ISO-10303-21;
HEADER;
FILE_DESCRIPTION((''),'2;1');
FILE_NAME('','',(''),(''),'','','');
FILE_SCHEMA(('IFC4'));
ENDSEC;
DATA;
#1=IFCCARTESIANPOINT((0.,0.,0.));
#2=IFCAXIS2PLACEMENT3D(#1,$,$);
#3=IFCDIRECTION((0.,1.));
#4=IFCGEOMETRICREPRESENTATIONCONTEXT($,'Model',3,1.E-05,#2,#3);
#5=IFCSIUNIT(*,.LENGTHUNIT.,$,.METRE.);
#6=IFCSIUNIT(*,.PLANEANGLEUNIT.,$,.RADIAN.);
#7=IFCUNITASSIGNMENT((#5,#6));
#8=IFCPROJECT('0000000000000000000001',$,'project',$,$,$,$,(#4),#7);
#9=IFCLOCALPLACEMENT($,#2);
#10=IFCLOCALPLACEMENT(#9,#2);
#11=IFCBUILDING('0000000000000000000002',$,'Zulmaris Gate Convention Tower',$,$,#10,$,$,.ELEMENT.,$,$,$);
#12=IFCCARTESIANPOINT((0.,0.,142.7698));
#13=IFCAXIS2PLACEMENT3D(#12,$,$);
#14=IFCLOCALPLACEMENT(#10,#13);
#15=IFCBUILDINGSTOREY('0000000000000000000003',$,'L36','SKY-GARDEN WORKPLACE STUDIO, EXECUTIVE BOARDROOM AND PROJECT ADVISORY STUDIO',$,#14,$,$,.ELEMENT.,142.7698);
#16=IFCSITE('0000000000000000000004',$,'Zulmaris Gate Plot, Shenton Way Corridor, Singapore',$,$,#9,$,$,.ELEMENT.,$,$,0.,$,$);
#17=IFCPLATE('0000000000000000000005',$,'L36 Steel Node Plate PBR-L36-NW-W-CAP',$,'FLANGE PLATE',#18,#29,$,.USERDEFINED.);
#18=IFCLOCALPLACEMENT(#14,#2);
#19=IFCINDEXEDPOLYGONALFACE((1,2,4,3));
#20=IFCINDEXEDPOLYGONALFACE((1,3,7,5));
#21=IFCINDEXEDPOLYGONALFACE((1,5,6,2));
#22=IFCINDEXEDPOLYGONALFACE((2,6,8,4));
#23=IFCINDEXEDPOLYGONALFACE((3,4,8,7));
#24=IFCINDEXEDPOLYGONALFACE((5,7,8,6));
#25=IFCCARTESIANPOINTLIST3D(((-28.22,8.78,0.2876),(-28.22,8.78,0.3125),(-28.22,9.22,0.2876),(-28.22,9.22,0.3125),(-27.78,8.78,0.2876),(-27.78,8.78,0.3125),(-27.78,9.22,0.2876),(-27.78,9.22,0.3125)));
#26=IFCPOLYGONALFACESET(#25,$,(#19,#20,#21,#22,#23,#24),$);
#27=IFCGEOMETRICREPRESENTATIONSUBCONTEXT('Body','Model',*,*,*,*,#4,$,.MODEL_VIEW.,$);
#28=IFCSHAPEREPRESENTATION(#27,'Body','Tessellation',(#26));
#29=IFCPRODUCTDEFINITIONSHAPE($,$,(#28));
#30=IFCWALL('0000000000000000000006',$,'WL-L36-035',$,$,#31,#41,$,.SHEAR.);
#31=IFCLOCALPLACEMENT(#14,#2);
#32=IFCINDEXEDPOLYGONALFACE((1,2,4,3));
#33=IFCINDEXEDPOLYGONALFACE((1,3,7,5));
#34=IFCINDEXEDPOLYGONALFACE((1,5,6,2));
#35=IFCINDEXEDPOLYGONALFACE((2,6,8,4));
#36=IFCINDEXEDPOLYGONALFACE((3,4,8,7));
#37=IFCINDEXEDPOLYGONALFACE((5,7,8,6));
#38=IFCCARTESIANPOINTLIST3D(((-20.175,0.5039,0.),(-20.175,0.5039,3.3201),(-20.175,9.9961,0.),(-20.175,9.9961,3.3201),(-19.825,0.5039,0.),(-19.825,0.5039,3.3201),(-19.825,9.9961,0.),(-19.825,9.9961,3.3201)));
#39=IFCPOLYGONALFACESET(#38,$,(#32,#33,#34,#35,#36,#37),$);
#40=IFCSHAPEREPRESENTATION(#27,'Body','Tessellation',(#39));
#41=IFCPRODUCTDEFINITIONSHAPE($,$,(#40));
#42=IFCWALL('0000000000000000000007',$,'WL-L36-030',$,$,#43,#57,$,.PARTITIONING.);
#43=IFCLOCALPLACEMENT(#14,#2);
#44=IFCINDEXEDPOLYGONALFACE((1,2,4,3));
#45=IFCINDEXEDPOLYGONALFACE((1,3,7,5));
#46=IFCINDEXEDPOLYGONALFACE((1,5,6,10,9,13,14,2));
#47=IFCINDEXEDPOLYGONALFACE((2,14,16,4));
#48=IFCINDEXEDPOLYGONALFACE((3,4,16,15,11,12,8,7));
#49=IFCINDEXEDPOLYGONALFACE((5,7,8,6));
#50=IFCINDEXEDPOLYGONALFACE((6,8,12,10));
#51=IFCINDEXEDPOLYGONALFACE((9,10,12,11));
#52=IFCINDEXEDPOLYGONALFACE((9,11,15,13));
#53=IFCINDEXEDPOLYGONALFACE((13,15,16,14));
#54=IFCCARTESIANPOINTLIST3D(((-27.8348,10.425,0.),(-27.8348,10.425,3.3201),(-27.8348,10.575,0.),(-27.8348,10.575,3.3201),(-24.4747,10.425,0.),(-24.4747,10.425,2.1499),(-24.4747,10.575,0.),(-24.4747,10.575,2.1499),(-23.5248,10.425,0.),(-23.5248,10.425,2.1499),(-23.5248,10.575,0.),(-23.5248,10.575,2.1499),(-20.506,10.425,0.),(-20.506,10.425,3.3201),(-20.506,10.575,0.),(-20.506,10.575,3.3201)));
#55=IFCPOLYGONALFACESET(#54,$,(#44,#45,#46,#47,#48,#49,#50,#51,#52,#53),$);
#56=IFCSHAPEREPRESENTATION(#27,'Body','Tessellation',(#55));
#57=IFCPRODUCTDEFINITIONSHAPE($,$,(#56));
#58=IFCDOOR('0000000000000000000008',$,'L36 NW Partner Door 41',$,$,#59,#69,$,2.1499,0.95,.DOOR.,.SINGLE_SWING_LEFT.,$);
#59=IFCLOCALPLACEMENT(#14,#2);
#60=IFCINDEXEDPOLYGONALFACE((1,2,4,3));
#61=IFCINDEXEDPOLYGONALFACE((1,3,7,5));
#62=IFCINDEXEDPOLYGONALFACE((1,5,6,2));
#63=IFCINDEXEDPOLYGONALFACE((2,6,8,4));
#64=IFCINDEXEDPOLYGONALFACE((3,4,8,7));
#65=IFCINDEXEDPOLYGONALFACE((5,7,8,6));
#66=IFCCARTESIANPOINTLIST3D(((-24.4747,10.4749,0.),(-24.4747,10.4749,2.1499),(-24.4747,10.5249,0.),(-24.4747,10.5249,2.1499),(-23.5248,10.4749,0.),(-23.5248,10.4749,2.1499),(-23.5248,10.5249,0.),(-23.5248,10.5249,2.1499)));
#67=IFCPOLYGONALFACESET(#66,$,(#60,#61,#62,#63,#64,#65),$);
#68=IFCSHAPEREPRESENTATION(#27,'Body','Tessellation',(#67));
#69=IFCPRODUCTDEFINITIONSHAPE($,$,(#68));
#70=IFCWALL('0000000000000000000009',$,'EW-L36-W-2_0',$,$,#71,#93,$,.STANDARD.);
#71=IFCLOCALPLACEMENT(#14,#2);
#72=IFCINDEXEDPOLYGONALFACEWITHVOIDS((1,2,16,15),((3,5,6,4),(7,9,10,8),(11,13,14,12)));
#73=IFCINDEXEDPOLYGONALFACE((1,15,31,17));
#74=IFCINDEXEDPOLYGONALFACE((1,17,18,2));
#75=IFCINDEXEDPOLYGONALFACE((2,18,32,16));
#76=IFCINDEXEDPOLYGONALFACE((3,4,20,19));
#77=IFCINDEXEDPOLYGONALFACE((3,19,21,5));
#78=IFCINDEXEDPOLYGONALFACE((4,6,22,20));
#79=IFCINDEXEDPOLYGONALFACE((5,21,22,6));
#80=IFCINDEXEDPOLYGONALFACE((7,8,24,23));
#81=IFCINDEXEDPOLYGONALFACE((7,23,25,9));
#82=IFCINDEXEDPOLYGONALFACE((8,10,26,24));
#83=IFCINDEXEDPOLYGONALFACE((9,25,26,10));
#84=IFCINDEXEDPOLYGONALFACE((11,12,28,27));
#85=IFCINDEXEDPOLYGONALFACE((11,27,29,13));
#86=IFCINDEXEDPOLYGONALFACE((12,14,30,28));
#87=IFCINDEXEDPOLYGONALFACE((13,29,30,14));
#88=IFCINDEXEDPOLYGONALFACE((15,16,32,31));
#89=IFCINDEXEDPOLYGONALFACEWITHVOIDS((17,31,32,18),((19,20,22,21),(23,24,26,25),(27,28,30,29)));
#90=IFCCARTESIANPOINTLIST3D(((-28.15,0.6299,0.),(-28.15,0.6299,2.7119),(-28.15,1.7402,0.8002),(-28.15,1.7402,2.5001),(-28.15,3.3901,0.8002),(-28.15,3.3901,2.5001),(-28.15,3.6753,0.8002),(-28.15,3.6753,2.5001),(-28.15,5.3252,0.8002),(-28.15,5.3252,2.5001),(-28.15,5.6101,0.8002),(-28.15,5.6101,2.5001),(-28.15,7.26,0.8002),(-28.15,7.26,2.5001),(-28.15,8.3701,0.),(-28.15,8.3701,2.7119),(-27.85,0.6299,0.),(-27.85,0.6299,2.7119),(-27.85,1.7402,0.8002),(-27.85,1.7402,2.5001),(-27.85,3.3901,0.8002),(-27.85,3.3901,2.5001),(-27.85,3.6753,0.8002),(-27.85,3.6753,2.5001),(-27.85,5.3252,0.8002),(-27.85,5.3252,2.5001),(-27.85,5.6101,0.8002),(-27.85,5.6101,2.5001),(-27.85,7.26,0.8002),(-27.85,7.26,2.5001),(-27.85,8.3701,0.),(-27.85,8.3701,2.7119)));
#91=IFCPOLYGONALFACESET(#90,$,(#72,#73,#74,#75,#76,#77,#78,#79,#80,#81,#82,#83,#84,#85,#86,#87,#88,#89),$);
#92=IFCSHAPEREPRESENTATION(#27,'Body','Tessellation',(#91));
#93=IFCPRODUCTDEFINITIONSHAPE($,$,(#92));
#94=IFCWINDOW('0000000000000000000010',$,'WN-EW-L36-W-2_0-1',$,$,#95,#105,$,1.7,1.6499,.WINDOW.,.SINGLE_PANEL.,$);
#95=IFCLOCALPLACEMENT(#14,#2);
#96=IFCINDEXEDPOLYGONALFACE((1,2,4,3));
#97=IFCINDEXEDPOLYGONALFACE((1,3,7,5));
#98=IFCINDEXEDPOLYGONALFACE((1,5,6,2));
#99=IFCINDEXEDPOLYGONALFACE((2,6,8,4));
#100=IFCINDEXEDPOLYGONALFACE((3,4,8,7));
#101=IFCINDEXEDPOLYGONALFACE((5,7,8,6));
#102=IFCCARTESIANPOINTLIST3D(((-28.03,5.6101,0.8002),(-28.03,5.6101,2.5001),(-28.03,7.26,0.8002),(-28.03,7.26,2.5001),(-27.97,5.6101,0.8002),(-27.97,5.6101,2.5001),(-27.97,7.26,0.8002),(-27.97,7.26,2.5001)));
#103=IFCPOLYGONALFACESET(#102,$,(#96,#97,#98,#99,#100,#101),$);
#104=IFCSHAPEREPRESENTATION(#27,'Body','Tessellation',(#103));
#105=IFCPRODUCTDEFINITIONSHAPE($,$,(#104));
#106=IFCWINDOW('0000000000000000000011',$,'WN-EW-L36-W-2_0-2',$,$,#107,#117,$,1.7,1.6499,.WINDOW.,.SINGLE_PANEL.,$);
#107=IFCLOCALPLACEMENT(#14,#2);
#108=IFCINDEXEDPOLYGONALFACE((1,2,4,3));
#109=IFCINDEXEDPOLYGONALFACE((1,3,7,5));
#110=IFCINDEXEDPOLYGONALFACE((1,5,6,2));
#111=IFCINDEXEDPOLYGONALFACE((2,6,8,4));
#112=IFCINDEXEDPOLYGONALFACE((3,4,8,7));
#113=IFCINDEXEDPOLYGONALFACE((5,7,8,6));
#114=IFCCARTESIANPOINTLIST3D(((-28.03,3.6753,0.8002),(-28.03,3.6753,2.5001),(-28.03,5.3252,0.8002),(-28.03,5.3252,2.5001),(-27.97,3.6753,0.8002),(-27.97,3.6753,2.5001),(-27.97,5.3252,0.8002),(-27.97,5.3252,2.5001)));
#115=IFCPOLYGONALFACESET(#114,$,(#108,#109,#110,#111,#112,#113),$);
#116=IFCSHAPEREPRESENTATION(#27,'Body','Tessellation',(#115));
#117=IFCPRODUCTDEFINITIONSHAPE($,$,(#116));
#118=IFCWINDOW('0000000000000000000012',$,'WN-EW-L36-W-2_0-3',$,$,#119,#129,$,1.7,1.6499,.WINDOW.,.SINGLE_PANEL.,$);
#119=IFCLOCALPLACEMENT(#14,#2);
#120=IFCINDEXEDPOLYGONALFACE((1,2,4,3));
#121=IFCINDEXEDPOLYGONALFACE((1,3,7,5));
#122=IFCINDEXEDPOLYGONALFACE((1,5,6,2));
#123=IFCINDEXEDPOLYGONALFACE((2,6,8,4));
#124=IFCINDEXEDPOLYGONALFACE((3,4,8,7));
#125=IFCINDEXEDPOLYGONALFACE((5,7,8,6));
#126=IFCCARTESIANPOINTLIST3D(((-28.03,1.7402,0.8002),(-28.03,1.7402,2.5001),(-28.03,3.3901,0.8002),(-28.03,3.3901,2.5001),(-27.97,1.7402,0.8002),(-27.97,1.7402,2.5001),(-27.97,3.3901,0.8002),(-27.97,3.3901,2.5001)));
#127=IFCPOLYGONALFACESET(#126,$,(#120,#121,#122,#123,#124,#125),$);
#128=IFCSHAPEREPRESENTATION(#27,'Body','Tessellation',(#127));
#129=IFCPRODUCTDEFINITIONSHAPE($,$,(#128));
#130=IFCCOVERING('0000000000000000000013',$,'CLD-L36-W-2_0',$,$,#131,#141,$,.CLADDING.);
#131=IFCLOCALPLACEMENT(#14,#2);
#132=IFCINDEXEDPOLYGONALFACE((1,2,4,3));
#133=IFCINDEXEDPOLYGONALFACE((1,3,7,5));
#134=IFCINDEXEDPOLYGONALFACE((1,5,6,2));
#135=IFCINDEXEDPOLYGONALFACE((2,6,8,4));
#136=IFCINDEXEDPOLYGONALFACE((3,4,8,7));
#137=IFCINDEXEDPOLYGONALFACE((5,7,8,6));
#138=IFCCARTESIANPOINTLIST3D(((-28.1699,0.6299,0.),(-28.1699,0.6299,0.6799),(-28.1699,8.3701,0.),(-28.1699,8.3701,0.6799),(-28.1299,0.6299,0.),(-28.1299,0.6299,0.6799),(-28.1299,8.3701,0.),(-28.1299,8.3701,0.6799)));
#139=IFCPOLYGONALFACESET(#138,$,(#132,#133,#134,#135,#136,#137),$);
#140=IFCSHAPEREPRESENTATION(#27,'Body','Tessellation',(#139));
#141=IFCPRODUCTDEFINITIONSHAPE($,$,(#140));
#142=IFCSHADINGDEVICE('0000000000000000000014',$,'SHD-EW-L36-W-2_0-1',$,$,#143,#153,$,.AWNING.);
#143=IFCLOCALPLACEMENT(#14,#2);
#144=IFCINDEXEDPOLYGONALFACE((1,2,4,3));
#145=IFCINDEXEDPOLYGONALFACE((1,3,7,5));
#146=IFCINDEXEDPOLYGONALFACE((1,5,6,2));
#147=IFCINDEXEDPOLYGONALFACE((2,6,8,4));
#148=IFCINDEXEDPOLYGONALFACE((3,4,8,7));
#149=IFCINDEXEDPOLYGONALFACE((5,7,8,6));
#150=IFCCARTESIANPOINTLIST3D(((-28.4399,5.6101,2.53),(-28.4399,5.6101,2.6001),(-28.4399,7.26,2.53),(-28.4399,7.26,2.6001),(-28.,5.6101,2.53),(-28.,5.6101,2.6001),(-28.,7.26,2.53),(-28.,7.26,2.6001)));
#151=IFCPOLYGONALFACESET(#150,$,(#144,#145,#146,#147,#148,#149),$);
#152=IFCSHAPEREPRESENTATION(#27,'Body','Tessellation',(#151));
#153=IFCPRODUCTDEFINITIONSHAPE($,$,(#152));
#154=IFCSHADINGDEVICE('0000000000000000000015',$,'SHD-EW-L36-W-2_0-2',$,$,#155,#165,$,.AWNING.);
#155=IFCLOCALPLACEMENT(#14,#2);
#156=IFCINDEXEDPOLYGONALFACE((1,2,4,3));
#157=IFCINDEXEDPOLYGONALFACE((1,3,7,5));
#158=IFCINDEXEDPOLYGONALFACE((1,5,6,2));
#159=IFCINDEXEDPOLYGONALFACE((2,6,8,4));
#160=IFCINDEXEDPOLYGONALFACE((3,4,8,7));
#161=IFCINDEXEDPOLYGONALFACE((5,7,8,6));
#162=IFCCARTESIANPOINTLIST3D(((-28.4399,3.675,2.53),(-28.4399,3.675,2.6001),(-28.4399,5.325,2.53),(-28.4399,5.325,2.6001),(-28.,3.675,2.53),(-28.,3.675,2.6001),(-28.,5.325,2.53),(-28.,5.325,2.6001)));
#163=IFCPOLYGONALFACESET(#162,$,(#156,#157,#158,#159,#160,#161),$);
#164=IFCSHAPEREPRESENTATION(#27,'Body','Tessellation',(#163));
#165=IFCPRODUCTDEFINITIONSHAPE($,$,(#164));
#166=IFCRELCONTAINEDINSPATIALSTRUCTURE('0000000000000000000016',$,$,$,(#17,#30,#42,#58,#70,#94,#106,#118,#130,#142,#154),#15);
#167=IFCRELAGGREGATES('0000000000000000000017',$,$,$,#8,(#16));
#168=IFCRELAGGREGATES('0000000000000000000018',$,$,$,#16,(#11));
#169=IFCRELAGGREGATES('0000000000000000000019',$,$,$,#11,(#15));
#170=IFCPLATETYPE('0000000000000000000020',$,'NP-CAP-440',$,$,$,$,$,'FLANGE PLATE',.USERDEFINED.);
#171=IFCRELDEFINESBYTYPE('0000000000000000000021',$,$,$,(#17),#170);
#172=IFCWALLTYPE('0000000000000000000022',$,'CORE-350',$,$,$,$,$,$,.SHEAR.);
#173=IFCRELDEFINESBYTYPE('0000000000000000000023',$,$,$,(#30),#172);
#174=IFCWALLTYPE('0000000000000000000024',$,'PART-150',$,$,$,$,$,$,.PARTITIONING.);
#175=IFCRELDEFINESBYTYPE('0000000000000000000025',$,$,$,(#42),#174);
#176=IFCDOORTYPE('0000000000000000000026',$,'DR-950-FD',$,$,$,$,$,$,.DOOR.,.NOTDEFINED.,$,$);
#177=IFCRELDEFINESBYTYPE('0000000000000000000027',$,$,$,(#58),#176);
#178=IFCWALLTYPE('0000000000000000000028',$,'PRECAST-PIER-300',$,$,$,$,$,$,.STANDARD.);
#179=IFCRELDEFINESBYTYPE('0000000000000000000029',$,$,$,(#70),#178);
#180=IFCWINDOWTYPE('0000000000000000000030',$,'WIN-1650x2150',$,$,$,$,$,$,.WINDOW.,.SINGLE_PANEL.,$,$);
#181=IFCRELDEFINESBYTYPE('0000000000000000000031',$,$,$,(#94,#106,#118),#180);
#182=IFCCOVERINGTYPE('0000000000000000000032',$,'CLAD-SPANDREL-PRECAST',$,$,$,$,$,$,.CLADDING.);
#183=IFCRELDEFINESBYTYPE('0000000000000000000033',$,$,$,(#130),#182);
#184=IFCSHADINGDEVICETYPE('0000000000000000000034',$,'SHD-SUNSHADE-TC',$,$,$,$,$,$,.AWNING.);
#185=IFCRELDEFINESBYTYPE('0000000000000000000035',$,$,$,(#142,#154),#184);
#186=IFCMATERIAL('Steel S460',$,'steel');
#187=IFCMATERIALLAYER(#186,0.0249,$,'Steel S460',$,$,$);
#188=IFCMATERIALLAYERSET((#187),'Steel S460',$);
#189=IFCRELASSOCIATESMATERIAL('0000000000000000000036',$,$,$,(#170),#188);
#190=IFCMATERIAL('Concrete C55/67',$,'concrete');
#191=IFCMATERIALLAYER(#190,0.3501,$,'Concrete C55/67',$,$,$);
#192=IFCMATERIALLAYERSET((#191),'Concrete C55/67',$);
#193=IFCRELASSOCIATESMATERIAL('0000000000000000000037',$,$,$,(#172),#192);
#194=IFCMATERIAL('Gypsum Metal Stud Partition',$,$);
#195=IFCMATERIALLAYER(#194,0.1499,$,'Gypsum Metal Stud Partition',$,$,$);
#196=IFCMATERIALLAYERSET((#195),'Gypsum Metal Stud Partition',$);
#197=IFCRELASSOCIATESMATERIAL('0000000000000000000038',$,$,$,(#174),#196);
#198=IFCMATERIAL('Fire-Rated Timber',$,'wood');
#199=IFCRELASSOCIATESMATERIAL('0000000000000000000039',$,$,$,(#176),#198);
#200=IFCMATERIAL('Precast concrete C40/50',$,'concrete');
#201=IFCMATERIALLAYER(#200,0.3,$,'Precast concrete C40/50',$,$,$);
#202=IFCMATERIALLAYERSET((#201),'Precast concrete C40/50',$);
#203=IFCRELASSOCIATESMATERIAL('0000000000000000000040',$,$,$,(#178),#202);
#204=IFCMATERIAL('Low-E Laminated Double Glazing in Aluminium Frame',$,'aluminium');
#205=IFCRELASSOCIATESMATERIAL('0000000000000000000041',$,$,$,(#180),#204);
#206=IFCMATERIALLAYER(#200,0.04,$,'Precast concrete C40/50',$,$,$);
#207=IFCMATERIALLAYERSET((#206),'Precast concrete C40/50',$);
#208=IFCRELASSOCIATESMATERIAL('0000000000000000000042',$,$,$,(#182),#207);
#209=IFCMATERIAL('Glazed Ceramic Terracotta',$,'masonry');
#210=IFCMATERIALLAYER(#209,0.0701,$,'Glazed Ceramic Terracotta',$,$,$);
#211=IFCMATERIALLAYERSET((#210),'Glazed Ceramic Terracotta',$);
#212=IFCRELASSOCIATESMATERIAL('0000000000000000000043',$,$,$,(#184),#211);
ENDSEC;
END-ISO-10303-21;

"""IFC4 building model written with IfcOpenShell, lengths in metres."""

from ifc_helpers import new_model, si_unit, direction, frame, frame_2d, origin, origin_2d, place, context, subcontext, project, spatial, rectangle, extrude, material, layer, layer_set, type_object, element, fill, save


model = new_model("IFC4")

# Units and contexts
model_context = context("Model", 3, precision=1e-05, world=origin(), true_north=direction((0.0, 1.0)))
body_context = subcontext(model_context, "Body", "Model", "MODEL_VIEW")
ifc_project = project(units=[si_unit("LENGTHUNIT", "METRE"), si_unit("PLANEANGLEUNIT", "RADIAN")], contexts=[model_context])

# Site, building, storey
site_placement = place(None, origin())
site = spatial("IfcSite", under=ifc_project, at=site_placement, Name="Zulmaris Gate Plot, Shenton Way Corridor, Singapore", CompositionType="ELEMENT", RefElevation=0.0)
building_placement = place(site_placement, origin())
building = spatial("IfcBuilding", under=site, at=building_placement, Name="Zulmaris Gate Convention Tower", CompositionType="ELEMENT")
storey_placement = place(building_placement, frame((0.0, 0.0, 142.7698)))
storey = spatial("IfcBuildingStorey", under=building, at=storey_placement, Name="L36", Description="SKY-GARDEN WORKPLACE STUDIO, EXECUTIVE BOARDROOM AND PROJECT ADVISORY STUDIO", CompositionType="ELEMENT", Elevation=142.7698)

# Shared definitions
ifc_material_1 = material(Name="Steel S460", Category="steel")

# Plate
ifc_layer_1 = layer(ifc_material_1, 0.0249, Name="Steel S460")
ifc_layer_set_1 = layer_set([ifc_layer_1], Name="Steel S460")
plate_type = type_object("IfcPlateType", Name="NP-CAP-440", ElementType="FLANGE PLATE", PredefinedType="USERDEFINED", material=ifc_layer_set_1)
plate_placement = place(storey_placement, frame((-28.0, 9.0, 0.2876), z_axis=(0.0, 0.0, 1.0), x_axis=(1.0, 0.0, 0.0)))
element("IfcPlate", 1, at=plate_placement, inside=storey, type_object=plate_type, Name="L36 Steel Node Plate PBR-L36-NW-W-CAP", ObjectType="FLANGE PLATE", PredefinedType="USERDEFINED", context=body_context, shape_type="SweptSolid", body=[
    extrude(rectangle(XDim=0.4399, YDim=0.4399, at=origin_2d()), origin(), (0.0, 0.0, 1.0), 0.0249),
])

# Wall
ifc_material_2 = material(Name="Concrete C55/67", Category="concrete")
ifc_layer_2 = layer(ifc_material_2, 0.3501, Name="Concrete C55/67")
ifc_layer_set_2 = layer_set([ifc_layer_2], Name="Concrete C55/67")
wall_type_1 = type_object("IfcWallType", Name="CORE-350", PredefinedType="SHEAR", material=ifc_layer_set_2)
wall_1_placement = place(storey_placement, frame((-20.0, 0.5039, 0.0), z_axis=(0.0, 0.0, 1.0), x_axis=(0.0, 1.0, 0.0)))
element("IfcWall", 2, at=wall_1_placement, inside=storey, type_object=wall_type_1, Name="WL-L36-035", PredefinedType="SHEAR", context=body_context, shape_type="SweptSolid", body=[
    extrude(rectangle(XDim=9.4922, YDim=0.3501, at=frame_2d((4.7461, 0.0))), origin(), (0.0, 0.0, 1.0), 3.3201),
])

# Wall, opening, door
ifc_material_3 = material(Name="Gypsum Metal Stud Partition")
ifc_layer_3 = layer(ifc_material_3, 0.1499, Name="Gypsum Metal Stud Partition")
ifc_layer_set_3 = layer_set([ifc_layer_3], Name="Gypsum Metal Stud Partition")
wall_type_2 = type_object("IfcWallType", Name="PART-150", PredefinedType="PARTITIONING", material=ifc_layer_set_3)
ifc_material_4 = material(Name="Fire-Rated Timber", Category="wood")
door_type = type_object("IfcDoorType", Name="DR-950-FD", OperationType="NOTDEFINED", PredefinedType="DOOR", material=ifc_material_4)
wall_2_placement = place(storey_placement, frame((-27.835, 10.5, 0.0), z_axis=(0.0, 0.0, 1.0), x_axis=(1.0, 0.0, 0.0)))
wall_2 = element("IfcWall", 3, at=wall_2_placement, inside=storey, type_object=wall_type_2, Name="WL-L36-030", PredefinedType="PARTITIONING", context=body_context, shape_type="SweptSolid", body=[
    extrude(rectangle(XDim=7.3289, YDim=0.1499, at=frame_2d((3.6646, 0.0))), origin(), (0.0, 0.0, 1.0), 3.3201),
])
opening_1_placement = place(wall_2_placement, frame((3.3601, 0.0, 0.0)))
opening_1 = element("IfcOpeningElement", 4, at=opening_1_placement, cuts=wall_2, PredefinedType="OPENING", context=body_context, shape_type="SweptSolid", body=[
    extrude(rectangle(XDim=0.95, YDim=2.1499, at=frame_2d((0.4751, 1.075))), frame((0.0, 0.085, 0.0), z_axis=(0.0, -1.0, 0.0), x_axis=(1.0, 0.0, 0.0)), (0.0, 0.0, 1.0), 0.1699),
])
door_1_placement = place(opening_1_placement, origin())
door_1 = element("IfcDoor", 5, at=door_1_placement, inside=storey, type_object=door_type, Name="L36 NW Partner Door 41", OperationType="SINGLE_SWING_LEFT", OverallHeight=2.1499, OverallWidth=0.95, PredefinedType="DOOR", context=body_context, shape_type="SweptSolid", body=[
    extrude(rectangle(XDim=0.95, YDim=2.1499, at=frame_2d((0.4751, 1.075))), frame((0.0, 0.0249, 0.0), z_axis=(0.0, -1.0, 0.0), x_axis=(1.0, 0.0, 0.0)), (0.0, 0.0, 1.0), 0.05),
])
fill(opening_1, door_1)

# Wall, openings, windows
ifc_material_5 = material(Name="Precast concrete C40/50", Category="concrete")
ifc_layer_4 = layer(ifc_material_5, 0.3, Name="Precast concrete C40/50")
ifc_layer_set_4 = layer_set([ifc_layer_4], Name="Precast concrete C40/50")
wall_type_3 = type_object("IfcWallType", Name="PRECAST-PIER-300", PredefinedType="STANDARD", material=ifc_layer_set_4)
wall_3_placement = place(storey_placement, frame((-28.0, 8.3701, 0.0), z_axis=(0.0, 0.0, 1.0), x_axis=(0.0, -1.0, 0.0)))
wall_3 = element("IfcWall", 6, at=wall_3_placement, inside=storey, type_object=wall_type_3, Name="EW-L36-W-2_0", PredefinedType="STANDARD", context=body_context, shape_type="SweptSolid", body=[
    extrude(rectangle(XDim=7.7402, YDim=0.3, at=frame_2d((3.8701, 0.0))), origin(), (0.0, 0.0, 1.0), 2.7119),
])
opening_2_placement = place(wall_3_placement, frame((1.1101, 0.0, 0.8)))
opening_2 = element("IfcOpeningElement", 7, at=opening_2_placement, cuts=wall_3, PredefinedType="OPENING", context=body_context, shape_type="SweptSolid", body=[
    extrude(rectangle(XDim=1.6499, YDim=1.7, at=frame_2d((0.825, 0.8501))), frame((0.0, 0.1602, 0.0), z_axis=(0.0, -1.0, 0.0), x_axis=(1.0, 0.0, 0.0)), (0.0, 0.0, 1.0), 0.3201),
])
opening_3_placement = place(wall_3_placement, frame((3.0449, 0.0, 0.8)))
opening_3 = element("IfcOpeningElement", 8, at=opening_3_placement, cuts=wall_3, PredefinedType="OPENING", context=body_context, shape_type="SweptSolid", body=[
    extrude(rectangle(XDim=1.6499, YDim=1.7, at=frame_2d((0.825, 0.8501))), frame((0.0, 0.1602, 0.0), z_axis=(0.0, -1.0, 0.0), x_axis=(1.0, 0.0, 0.0)), (0.0, 0.0, 1.0), 0.3201),
])
opening_4_placement = place(wall_3_placement, frame((4.98, 0.0, 0.8)))
opening_4 = element("IfcOpeningElement", 9, at=opening_4_placement, cuts=wall_3, PredefinedType="OPENING", context=body_context, shape_type="SweptSolid", body=[
    extrude(rectangle(XDim=1.6499, YDim=1.7, at=frame_2d((0.825, 0.8501))), frame((0.0, 0.1602, 0.0), z_axis=(0.0, -1.0, 0.0), x_axis=(1.0, 0.0, 0.0)), (0.0, 0.0, 1.0), 0.3201),
])
ifc_material_6 = material(Name="Low-E Laminated Double Glazing in Aluminium Frame", Category="aluminium")
window_type = type_object("IfcWindowType", Name="WIN-1650x2150", PartitioningType="SINGLE_PANEL", PredefinedType="WINDOW", material=ifc_material_6)
window_1_placement = place(opening_2_placement, origin())
window_1 = element("IfcWindow", 10, at=window_1_placement, inside=storey, type_object=window_type, Name="WN-EW-L36-W-2_0-1", OverallHeight=1.7, OverallWidth=1.6499, PartitioningType="SINGLE_PANEL", PredefinedType="WINDOW", context=body_context, shape_type="SweptSolid", body=[
    extrude(rectangle(XDim=1.6499, YDim=1.7, at=frame_2d((0.825, 0.8501))), frame((0.0, 0.03, 0.0), z_axis=(0.0, -1.0, 0.0), x_axis=(1.0, 0.0, 0.0)), (0.0, 0.0, 1.0), 0.0601),
])
fill(opening_2, window_1)
window_2_placement = place(opening_3_placement, origin())
window_2 = element("IfcWindow", 11, at=window_2_placement, inside=storey, type_object=window_type, Name="WN-EW-L36-W-2_0-2", OverallHeight=1.7, OverallWidth=1.6499, PartitioningType="SINGLE_PANEL", PredefinedType="WINDOW", context=body_context, shape_type="SweptSolid", body=[
    extrude(rectangle(XDim=1.6499, YDim=1.7, at=frame_2d((0.825, 0.8501))), frame((0.0, 0.03, 0.0), z_axis=(0.0, -1.0, 0.0), x_axis=(1.0, 0.0, 0.0)), (0.0, 0.0, 1.0), 0.0601),
])
fill(opening_3, window_2)
window_3_placement = place(opening_4_placement, origin())
window_3 = element("IfcWindow", 12, at=window_3_placement, inside=storey, type_object=window_type, Name="WN-EW-L36-W-2_0-3", OverallHeight=1.7, OverallWidth=1.6499, PartitioningType="SINGLE_PANEL", PredefinedType="WINDOW", context=body_context, shape_type="SweptSolid", body=[
    extrude(rectangle(XDim=1.6499, YDim=1.7, at=frame_2d((0.825, 0.8501))), frame((0.0, 0.03, 0.0), z_axis=(0.0, -1.0, 0.0), x_axis=(1.0, 0.0, 0.0)), (0.0, 0.0, 1.0), 0.0601),
])
fill(opening_4, window_3)

# Covering
ifc_layer_5 = layer(ifc_material_5, 0.04, Name="Precast concrete C40/50")
ifc_layer_set_5 = layer_set([ifc_layer_5], Name="Precast concrete C40/50")
covering_type = type_object("IfcCoveringType", Name="CLAD-SPANDREL-PRECAST", PredefinedType="CLADDING", material=ifc_layer_set_5)
covering_placement = place(storey_placement, frame((-28.1499, 8.3701, 0.0), z_axis=(0.0, 0.0, 1.0), x_axis=(0.0, -1.0, 0.0)))
element("IfcCovering", 13, at=covering_placement, inside=storey, type_object=covering_type, Name="CLD-L36-W-2_0", PredefinedType="CLADDING", context=body_context, shape_type="SweptSolid", body=[
    extrude(rectangle(XDim=7.7402, YDim=0.04, at=frame_2d((3.8701, 0.0))), origin(), (0.0, 0.0, 1.0), 0.6799),
])

# Shading devices
ifc_material_7 = material(Name="Glazed Ceramic Terracotta", Category="masonry")
ifc_layer_6 = layer(ifc_material_7, 0.0701, Name="Glazed Ceramic Terracotta")
ifc_layer_set_6 = layer_set([ifc_layer_6], Name="Glazed Ceramic Terracotta")
shading_device_type = type_object("IfcShadingDeviceType", Name="SHD-SUNSHADE-TC", PredefinedType="AWNING", material=ifc_layer_set_6)
for number, where, z_axis, x_axis, name in (
    (14, (-28.22, 7.26, 2.53), (0.0, 0.0, 1.0), (0.0, -1.0, 0.0), "SHD-EW-L36-W-2_0-1"),
    (15, (-28.22, 5.325, 2.53), (0.0, 0.0, 1.0), (0.0, -1.0, 0.0), "SHD-EW-L36-W-2_0-2"),
):
    element("IfcShadingDevice", number, at=place(storey_placement, frame(where, z_axis=z_axis, x_axis=x_axis)), inside=storey, type_object=shading_device_type, Name=name, PredefinedType="AWNING", context=body_context, shape_type="SweptSolid", body=[
        extrude(rectangle(XDim=1.6499, YDim=0.4399, at=frame_2d((0.825, 0.0))), origin(), (0.0, 0.0, 1.0), 0.0701),
    ])

save(model, "model.ifc")
